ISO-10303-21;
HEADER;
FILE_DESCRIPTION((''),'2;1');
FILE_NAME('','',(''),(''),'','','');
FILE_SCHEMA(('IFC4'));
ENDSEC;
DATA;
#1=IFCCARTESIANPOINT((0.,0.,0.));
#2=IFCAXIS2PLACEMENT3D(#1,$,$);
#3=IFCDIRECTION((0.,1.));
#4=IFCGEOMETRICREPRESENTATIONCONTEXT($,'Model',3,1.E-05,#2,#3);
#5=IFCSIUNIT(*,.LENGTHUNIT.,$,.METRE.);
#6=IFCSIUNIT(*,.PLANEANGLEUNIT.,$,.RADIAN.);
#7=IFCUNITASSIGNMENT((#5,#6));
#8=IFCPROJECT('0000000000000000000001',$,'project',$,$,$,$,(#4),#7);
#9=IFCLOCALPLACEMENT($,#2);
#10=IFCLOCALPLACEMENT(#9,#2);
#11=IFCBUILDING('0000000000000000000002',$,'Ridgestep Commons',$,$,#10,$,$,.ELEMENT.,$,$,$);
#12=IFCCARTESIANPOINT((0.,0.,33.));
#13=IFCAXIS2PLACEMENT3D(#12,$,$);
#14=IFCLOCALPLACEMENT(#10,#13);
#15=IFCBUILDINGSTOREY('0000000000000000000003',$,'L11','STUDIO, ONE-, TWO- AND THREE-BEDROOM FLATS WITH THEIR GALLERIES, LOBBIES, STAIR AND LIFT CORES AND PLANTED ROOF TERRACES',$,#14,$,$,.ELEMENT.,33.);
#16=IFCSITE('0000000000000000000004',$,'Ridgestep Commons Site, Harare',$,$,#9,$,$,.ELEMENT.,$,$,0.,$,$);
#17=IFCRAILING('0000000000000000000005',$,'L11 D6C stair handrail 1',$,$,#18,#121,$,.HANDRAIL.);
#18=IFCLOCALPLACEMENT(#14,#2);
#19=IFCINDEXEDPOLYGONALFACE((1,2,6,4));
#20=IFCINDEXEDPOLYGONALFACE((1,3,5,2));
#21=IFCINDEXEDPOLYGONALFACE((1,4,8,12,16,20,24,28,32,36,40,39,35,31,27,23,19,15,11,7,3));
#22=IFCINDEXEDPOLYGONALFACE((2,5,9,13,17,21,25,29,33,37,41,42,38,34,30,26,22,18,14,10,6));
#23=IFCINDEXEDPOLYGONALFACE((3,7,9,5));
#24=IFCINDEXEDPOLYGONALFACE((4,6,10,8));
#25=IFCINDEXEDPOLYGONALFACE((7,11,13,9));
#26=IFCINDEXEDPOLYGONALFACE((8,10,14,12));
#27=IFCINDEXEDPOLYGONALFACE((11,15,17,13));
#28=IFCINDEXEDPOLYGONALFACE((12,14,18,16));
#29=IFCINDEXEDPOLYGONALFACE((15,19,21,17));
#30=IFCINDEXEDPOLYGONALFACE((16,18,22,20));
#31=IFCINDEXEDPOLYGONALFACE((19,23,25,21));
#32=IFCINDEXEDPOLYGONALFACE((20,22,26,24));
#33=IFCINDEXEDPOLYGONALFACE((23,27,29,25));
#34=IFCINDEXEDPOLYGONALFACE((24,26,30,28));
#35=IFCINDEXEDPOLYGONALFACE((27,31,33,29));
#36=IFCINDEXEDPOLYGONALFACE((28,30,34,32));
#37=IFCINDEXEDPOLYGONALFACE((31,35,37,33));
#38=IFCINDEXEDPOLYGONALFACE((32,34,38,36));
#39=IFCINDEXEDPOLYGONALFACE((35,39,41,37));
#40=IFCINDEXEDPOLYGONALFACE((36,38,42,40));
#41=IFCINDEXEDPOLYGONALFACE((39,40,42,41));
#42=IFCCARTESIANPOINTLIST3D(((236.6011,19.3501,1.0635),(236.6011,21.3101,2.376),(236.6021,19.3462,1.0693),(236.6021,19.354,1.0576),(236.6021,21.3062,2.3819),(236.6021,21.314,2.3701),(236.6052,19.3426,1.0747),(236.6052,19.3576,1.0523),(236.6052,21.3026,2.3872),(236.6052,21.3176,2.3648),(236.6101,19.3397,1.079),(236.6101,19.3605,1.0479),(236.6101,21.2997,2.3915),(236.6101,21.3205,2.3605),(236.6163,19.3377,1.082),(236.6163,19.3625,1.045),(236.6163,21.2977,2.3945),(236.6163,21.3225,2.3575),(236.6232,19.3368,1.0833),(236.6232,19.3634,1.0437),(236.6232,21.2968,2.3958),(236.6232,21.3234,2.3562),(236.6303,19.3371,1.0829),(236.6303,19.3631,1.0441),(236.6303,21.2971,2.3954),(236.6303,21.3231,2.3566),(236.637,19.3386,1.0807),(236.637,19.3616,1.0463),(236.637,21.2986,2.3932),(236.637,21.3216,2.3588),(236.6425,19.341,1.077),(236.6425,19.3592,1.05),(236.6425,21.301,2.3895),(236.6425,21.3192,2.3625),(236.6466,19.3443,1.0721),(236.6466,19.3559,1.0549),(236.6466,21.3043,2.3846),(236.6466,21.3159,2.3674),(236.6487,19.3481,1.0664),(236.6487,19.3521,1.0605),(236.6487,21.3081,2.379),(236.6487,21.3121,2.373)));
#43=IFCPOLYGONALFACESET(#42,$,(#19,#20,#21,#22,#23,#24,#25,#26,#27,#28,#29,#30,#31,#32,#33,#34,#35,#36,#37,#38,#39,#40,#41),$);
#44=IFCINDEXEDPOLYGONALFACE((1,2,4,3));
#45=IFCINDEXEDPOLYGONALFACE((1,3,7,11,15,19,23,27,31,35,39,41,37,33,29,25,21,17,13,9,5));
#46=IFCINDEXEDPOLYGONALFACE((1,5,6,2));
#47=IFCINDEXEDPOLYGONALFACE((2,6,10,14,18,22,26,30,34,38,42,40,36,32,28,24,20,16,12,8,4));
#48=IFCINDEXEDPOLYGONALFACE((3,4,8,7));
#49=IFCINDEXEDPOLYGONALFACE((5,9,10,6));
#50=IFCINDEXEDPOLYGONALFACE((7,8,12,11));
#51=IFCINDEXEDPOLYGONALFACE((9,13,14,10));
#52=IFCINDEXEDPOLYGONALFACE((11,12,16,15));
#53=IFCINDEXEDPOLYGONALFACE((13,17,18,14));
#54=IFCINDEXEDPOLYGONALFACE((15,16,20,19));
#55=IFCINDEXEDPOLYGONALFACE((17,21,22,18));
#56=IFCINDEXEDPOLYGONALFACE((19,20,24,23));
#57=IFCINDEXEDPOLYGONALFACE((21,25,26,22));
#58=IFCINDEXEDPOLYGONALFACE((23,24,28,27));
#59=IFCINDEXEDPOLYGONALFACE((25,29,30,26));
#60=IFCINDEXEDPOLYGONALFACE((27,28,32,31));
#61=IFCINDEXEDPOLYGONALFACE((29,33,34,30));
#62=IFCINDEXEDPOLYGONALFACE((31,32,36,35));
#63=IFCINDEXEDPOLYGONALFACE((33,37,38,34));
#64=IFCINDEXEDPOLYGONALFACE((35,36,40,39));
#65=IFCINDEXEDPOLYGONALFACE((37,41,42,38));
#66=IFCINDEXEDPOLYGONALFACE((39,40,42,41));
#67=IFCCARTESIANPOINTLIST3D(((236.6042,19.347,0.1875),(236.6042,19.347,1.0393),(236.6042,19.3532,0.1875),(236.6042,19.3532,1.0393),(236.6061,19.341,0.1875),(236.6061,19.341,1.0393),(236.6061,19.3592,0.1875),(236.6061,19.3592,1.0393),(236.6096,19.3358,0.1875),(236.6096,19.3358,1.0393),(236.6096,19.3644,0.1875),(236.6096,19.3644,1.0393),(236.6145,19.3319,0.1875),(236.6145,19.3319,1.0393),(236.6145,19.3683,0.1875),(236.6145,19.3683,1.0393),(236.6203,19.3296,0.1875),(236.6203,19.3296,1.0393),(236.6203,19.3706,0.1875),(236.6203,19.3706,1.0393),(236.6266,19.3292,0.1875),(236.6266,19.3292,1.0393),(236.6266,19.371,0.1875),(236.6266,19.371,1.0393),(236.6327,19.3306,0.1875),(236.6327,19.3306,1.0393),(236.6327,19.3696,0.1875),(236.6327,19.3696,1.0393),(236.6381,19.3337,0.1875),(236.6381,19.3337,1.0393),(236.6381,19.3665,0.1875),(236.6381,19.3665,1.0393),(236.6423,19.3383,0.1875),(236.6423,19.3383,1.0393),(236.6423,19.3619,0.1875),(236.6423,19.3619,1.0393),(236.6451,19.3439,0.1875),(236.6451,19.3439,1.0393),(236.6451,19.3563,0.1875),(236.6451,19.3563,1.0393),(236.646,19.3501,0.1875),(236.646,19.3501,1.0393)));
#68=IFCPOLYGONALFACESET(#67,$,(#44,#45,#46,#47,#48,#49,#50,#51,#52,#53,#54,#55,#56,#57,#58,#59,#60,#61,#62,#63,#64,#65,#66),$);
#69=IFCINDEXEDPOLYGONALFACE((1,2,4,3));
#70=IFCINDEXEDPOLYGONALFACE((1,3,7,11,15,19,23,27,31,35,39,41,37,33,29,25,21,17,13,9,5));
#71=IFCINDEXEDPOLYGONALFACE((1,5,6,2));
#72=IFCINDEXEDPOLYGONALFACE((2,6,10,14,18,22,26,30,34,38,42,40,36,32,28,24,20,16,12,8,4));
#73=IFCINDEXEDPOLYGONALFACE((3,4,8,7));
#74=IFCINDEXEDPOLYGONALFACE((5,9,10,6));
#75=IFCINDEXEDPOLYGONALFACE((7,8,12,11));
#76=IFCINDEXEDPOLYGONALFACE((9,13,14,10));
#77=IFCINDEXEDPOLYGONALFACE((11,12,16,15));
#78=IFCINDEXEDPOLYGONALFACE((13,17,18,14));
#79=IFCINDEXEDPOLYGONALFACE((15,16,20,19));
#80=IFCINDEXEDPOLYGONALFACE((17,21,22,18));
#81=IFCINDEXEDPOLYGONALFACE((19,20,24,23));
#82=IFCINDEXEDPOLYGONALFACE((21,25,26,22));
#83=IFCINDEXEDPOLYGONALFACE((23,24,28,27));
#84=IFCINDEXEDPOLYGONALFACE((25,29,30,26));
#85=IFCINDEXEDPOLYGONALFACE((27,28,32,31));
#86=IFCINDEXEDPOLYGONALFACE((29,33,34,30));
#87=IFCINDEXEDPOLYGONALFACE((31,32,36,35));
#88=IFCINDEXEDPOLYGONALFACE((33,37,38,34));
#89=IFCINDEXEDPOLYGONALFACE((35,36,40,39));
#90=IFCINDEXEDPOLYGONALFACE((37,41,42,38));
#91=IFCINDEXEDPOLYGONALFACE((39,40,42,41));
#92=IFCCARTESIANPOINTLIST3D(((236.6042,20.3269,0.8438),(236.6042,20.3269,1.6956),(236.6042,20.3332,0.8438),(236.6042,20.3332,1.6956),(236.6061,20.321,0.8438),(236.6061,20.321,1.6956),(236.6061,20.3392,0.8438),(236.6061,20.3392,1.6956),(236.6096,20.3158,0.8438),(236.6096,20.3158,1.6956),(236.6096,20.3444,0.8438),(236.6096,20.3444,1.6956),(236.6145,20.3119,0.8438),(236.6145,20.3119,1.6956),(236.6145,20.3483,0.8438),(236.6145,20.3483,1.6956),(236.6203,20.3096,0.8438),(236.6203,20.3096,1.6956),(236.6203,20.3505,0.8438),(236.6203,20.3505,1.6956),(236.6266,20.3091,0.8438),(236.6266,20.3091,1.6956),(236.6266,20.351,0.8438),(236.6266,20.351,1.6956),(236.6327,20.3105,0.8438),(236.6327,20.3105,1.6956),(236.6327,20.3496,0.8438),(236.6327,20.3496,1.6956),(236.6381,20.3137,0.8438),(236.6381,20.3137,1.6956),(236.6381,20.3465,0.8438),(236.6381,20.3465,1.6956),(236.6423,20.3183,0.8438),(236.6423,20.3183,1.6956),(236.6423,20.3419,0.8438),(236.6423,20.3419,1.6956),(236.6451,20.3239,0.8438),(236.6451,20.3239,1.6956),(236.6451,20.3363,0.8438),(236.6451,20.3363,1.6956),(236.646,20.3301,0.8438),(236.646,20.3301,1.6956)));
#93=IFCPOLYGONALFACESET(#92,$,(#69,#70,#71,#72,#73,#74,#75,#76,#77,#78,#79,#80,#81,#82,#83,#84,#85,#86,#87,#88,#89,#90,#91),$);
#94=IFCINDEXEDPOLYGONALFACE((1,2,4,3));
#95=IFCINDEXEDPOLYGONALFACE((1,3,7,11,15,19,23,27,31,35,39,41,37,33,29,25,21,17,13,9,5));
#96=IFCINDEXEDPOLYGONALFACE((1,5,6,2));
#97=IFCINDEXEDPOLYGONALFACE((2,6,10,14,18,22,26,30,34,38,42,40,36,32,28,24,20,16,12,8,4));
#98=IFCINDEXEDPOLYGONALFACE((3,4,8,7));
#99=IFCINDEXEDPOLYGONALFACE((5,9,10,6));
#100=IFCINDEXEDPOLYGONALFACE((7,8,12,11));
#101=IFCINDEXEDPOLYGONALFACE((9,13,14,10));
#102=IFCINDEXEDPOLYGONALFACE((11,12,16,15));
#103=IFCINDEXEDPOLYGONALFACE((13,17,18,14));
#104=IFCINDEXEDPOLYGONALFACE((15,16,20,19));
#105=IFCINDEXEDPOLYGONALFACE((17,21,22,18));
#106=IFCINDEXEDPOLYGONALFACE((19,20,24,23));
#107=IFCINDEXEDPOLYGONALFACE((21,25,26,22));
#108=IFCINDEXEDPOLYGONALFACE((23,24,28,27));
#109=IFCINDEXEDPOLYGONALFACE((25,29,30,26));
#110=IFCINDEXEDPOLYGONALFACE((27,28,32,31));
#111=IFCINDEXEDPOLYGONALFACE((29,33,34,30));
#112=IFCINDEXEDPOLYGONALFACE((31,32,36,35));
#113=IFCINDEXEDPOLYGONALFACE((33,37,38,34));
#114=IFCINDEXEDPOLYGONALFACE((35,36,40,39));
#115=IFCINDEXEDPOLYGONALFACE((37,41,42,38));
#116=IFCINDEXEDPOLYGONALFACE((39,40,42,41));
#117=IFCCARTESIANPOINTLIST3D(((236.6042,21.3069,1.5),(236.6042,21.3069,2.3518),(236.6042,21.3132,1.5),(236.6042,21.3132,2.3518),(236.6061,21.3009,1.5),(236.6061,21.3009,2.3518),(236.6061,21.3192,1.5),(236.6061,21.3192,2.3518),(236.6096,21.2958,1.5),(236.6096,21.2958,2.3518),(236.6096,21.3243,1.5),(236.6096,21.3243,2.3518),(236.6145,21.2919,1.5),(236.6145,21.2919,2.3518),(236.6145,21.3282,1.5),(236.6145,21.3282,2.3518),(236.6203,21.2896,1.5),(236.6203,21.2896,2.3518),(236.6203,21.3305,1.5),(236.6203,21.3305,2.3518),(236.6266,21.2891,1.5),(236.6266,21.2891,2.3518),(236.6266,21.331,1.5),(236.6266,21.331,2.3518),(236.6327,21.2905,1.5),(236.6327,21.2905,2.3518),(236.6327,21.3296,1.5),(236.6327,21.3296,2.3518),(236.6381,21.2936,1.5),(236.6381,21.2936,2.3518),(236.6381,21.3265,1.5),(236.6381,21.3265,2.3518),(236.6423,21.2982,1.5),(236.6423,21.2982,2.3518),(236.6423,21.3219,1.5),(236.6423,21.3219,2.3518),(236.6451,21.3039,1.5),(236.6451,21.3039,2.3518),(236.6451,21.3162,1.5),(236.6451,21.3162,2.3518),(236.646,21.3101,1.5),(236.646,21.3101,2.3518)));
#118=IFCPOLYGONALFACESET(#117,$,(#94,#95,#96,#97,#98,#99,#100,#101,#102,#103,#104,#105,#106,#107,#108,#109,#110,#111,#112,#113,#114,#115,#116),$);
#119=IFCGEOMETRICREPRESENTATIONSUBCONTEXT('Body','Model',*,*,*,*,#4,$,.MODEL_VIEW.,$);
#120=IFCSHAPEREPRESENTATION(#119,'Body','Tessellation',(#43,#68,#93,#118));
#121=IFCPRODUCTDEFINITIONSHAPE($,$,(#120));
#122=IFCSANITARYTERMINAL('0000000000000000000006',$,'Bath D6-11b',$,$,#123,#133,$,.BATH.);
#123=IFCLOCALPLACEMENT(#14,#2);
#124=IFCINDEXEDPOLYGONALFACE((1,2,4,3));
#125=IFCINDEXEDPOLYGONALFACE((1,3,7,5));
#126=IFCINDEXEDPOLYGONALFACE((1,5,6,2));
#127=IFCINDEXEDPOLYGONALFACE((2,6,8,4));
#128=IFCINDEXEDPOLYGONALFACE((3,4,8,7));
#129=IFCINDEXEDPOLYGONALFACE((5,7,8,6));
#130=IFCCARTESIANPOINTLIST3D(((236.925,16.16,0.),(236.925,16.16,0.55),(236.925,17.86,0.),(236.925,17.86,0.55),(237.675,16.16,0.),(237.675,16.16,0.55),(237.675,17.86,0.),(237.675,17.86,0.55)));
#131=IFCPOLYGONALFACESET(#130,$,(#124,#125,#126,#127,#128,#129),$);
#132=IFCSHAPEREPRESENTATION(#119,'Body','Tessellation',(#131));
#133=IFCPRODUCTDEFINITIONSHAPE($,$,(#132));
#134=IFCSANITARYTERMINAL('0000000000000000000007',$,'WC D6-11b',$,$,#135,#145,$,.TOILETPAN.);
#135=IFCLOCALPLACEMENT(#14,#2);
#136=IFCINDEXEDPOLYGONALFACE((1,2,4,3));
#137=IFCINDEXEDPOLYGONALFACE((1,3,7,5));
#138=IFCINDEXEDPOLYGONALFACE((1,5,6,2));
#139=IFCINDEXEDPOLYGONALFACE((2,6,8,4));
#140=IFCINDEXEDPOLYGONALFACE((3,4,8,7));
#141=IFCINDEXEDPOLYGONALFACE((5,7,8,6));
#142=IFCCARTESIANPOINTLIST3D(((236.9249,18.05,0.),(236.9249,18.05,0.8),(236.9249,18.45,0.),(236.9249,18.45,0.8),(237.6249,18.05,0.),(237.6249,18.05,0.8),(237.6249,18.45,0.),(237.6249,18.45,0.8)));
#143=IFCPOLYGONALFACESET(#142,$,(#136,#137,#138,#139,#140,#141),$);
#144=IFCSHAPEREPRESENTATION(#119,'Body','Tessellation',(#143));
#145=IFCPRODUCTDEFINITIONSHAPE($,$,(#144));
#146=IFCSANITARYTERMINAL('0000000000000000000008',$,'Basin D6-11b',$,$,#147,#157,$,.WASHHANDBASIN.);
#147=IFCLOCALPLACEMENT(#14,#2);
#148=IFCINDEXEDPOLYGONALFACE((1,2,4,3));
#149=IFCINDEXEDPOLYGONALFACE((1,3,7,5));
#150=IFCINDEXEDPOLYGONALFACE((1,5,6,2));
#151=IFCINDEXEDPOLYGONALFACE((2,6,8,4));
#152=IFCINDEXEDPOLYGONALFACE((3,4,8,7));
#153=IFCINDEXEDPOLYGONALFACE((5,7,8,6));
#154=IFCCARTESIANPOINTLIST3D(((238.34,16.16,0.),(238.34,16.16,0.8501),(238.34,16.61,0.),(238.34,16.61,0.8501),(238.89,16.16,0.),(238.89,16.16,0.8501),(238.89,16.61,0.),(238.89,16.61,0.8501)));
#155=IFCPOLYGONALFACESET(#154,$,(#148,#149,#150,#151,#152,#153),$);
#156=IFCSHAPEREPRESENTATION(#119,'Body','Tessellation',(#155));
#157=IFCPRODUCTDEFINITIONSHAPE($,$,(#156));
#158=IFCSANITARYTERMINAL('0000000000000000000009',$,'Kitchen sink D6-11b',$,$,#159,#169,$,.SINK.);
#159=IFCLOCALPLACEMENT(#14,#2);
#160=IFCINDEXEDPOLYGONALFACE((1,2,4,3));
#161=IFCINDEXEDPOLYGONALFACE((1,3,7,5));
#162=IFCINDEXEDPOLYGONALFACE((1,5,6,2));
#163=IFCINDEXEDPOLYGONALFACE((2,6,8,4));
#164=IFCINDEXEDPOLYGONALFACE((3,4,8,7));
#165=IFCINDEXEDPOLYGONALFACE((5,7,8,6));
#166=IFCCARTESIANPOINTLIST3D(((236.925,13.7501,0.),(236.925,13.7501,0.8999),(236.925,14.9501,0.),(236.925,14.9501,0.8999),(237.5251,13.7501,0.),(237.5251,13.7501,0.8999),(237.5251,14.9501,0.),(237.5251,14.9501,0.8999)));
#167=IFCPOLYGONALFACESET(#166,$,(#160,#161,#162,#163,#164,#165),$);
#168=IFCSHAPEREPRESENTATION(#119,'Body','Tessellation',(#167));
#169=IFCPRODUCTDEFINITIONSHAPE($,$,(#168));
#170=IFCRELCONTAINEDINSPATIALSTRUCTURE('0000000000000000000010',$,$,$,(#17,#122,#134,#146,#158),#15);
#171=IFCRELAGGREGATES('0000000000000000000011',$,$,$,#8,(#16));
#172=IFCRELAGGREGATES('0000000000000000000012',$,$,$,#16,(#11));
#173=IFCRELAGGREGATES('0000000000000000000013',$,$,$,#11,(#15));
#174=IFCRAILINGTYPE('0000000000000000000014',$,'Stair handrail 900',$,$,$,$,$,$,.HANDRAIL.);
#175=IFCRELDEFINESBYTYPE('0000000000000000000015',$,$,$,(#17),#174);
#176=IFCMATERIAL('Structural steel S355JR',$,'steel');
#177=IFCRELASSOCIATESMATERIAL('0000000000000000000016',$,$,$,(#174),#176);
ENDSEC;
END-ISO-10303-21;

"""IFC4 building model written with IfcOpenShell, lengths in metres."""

from ifc_helpers import new_model, si_unit, direction, frame, origin, origin_2d, place, context, subcontext, project, spatial, rectangle, circle, extrude, material, type_object, element, save


model = new_model("IFC4")

# Units and contexts
model_context = context("Model", 3, precision=1e-05, world=origin(), true_north=direction((0.0, 1.0)))
body_context = subcontext(model_context, "Body", "Model", "MODEL_VIEW")
ifc_project = project(units=[si_unit("LENGTHUNIT", "METRE"), si_unit("PLANEANGLEUNIT", "RADIAN")], contexts=[model_context])

# Site, building, storey
site_placement = place(None, origin())
site = spatial("IfcSite", under=ifc_project, at=site_placement, Name="Ridgestep Commons Site, Harare", CompositionType="ELEMENT", RefElevation=0.0)
building_placement = place(site_placement, origin())
building = spatial("IfcBuilding", under=site, at=building_placement, Name="Ridgestep Commons", CompositionType="ELEMENT")
storey_placement = place(building_placement, frame((0.0, 0.0, 33.0)))
storey = spatial("IfcBuildingStorey", under=building, at=storey_placement, Name="L11", Description="STUDIO, ONE-, TWO- AND THREE-BEDROOM FLATS WITH THEIR GALLERIES, LOBBIES, STAIR AND LIFT CORES AND PLANTED ROOF TERRACES", CompositionType="ELEMENT", Elevation=33.0)

# Railing
ifc_material_1 = material(Name="Structural steel S355JR", Category="steel")
railing_type_1 = type_object("IfcRailingType", Name="Stair handrail 900", PredefinedType="HANDRAIL", material=ifc_material_1)
railing_1_placement = place(storey_placement, frame((236.625, 19.3501, 0.1875)))
element("IfcRailing", 1, at=railing_1_placement, inside=storey, type_object=railing_type_1, Name="L11 D6C stair handrail 1", PredefinedType="HANDRAIL", context=body_context, shape_type="SweptSolid", body=[
    extrude(circle(Radius=0.0239, at=origin_2d()), frame((0.0, 0.0, 0.876), z_axis=(0.0, 0.830902, 0.556419), x_axis=(-1.0, 0.0, 0.0)), (0.0, 0.0, 1.0), 2.3589),
    extrude(circle(Radius=0.021, at=origin_2d()), origin(), (0.0, 0.0, 1.0), 0.8518),
    extrude(circle(Radius=0.021, at=origin_2d()), frame((0.0, 0.98, 0.6562)), (0.0, 0.0, 1.0), 0.8518),
    extrude(circle(Radius=0.021, at=origin_2d()), frame((0.0, 1.96, 1.3125)), (0.0, 0.0, 1.0), 0.8518),
])

# Sanitary terminals
sanitary_terminal_1_placement = place(storey_placement, frame((237.3, 17.01, 0.0), z_axis=(0.0, 0.0, 1.0), x_axis=(1.0, 0.0, 0.0)))
element("IfcSanitaryTerminal", 2, at=sanitary_terminal_1_placement, inside=storey, Name="Bath D6-11b", PredefinedType="BATH", context=body_context, shape_type="SweptSolid", body=[
    extrude(rectangle(XDim=0.75, YDim=1.7, at=origin_2d()), origin(), (0.0, 0.0, 1.0), 0.55),
])
sanitary_terminal_2_placement = place(storey_placement, frame((237.2749, 18.25, 0.0), z_axis=(0.0, 0.0, 1.0), x_axis=(1.0, 0.0, 0.0)))
element("IfcSanitaryTerminal", 3, at=sanitary_terminal_2_placement, inside=storey, Name="WC D6-11b", PredefinedType="TOILETPAN", context=body_context, shape_type="SweptSolid", body=[
    extrude(rectangle(XDim=0.7, YDim=0.3999, at=origin_2d()), origin(), (0.0, 0.0, 1.0), 0.8),
])
sanitary_terminal_3_placement = place(storey_placement, frame((238.615, 16.385, 0.0), z_axis=(0.0, 0.0, 1.0), x_axis=(1.0, 0.0, 0.0)))
element("IfcSanitaryTerminal", 4, at=sanitary_terminal_3_placement, inside=storey, Name="Basin D6-11b", PredefinedType="WASHHANDBASIN", context=body_context, shape_type="SweptSolid", body=[
    extrude(rectangle(XDim=0.55, YDim=0.45, at=origin_2d()), origin(), (0.0, 0.0, 1.0), 0.8501),
])
sanitary_terminal_4_placement = place(storey_placement, frame((237.2251, 14.3501, 0.0), z_axis=(0.0, 0.0, 1.0), x_axis=(1.0, 0.0, 0.0)))
element("IfcSanitaryTerminal", 5, at=sanitary_terminal_4_placement, inside=storey, Name="Kitchen sink D6-11b", PredefinedType="SINK", context=body_context, shape_type="SweptSolid", body=[
    extrude(rectangle(XDim=0.6001, YDim=1.2, at=origin_2d()), origin(), (0.0, 0.0, 1.0), 0.8999),
])

save(model, "model.ifc")
